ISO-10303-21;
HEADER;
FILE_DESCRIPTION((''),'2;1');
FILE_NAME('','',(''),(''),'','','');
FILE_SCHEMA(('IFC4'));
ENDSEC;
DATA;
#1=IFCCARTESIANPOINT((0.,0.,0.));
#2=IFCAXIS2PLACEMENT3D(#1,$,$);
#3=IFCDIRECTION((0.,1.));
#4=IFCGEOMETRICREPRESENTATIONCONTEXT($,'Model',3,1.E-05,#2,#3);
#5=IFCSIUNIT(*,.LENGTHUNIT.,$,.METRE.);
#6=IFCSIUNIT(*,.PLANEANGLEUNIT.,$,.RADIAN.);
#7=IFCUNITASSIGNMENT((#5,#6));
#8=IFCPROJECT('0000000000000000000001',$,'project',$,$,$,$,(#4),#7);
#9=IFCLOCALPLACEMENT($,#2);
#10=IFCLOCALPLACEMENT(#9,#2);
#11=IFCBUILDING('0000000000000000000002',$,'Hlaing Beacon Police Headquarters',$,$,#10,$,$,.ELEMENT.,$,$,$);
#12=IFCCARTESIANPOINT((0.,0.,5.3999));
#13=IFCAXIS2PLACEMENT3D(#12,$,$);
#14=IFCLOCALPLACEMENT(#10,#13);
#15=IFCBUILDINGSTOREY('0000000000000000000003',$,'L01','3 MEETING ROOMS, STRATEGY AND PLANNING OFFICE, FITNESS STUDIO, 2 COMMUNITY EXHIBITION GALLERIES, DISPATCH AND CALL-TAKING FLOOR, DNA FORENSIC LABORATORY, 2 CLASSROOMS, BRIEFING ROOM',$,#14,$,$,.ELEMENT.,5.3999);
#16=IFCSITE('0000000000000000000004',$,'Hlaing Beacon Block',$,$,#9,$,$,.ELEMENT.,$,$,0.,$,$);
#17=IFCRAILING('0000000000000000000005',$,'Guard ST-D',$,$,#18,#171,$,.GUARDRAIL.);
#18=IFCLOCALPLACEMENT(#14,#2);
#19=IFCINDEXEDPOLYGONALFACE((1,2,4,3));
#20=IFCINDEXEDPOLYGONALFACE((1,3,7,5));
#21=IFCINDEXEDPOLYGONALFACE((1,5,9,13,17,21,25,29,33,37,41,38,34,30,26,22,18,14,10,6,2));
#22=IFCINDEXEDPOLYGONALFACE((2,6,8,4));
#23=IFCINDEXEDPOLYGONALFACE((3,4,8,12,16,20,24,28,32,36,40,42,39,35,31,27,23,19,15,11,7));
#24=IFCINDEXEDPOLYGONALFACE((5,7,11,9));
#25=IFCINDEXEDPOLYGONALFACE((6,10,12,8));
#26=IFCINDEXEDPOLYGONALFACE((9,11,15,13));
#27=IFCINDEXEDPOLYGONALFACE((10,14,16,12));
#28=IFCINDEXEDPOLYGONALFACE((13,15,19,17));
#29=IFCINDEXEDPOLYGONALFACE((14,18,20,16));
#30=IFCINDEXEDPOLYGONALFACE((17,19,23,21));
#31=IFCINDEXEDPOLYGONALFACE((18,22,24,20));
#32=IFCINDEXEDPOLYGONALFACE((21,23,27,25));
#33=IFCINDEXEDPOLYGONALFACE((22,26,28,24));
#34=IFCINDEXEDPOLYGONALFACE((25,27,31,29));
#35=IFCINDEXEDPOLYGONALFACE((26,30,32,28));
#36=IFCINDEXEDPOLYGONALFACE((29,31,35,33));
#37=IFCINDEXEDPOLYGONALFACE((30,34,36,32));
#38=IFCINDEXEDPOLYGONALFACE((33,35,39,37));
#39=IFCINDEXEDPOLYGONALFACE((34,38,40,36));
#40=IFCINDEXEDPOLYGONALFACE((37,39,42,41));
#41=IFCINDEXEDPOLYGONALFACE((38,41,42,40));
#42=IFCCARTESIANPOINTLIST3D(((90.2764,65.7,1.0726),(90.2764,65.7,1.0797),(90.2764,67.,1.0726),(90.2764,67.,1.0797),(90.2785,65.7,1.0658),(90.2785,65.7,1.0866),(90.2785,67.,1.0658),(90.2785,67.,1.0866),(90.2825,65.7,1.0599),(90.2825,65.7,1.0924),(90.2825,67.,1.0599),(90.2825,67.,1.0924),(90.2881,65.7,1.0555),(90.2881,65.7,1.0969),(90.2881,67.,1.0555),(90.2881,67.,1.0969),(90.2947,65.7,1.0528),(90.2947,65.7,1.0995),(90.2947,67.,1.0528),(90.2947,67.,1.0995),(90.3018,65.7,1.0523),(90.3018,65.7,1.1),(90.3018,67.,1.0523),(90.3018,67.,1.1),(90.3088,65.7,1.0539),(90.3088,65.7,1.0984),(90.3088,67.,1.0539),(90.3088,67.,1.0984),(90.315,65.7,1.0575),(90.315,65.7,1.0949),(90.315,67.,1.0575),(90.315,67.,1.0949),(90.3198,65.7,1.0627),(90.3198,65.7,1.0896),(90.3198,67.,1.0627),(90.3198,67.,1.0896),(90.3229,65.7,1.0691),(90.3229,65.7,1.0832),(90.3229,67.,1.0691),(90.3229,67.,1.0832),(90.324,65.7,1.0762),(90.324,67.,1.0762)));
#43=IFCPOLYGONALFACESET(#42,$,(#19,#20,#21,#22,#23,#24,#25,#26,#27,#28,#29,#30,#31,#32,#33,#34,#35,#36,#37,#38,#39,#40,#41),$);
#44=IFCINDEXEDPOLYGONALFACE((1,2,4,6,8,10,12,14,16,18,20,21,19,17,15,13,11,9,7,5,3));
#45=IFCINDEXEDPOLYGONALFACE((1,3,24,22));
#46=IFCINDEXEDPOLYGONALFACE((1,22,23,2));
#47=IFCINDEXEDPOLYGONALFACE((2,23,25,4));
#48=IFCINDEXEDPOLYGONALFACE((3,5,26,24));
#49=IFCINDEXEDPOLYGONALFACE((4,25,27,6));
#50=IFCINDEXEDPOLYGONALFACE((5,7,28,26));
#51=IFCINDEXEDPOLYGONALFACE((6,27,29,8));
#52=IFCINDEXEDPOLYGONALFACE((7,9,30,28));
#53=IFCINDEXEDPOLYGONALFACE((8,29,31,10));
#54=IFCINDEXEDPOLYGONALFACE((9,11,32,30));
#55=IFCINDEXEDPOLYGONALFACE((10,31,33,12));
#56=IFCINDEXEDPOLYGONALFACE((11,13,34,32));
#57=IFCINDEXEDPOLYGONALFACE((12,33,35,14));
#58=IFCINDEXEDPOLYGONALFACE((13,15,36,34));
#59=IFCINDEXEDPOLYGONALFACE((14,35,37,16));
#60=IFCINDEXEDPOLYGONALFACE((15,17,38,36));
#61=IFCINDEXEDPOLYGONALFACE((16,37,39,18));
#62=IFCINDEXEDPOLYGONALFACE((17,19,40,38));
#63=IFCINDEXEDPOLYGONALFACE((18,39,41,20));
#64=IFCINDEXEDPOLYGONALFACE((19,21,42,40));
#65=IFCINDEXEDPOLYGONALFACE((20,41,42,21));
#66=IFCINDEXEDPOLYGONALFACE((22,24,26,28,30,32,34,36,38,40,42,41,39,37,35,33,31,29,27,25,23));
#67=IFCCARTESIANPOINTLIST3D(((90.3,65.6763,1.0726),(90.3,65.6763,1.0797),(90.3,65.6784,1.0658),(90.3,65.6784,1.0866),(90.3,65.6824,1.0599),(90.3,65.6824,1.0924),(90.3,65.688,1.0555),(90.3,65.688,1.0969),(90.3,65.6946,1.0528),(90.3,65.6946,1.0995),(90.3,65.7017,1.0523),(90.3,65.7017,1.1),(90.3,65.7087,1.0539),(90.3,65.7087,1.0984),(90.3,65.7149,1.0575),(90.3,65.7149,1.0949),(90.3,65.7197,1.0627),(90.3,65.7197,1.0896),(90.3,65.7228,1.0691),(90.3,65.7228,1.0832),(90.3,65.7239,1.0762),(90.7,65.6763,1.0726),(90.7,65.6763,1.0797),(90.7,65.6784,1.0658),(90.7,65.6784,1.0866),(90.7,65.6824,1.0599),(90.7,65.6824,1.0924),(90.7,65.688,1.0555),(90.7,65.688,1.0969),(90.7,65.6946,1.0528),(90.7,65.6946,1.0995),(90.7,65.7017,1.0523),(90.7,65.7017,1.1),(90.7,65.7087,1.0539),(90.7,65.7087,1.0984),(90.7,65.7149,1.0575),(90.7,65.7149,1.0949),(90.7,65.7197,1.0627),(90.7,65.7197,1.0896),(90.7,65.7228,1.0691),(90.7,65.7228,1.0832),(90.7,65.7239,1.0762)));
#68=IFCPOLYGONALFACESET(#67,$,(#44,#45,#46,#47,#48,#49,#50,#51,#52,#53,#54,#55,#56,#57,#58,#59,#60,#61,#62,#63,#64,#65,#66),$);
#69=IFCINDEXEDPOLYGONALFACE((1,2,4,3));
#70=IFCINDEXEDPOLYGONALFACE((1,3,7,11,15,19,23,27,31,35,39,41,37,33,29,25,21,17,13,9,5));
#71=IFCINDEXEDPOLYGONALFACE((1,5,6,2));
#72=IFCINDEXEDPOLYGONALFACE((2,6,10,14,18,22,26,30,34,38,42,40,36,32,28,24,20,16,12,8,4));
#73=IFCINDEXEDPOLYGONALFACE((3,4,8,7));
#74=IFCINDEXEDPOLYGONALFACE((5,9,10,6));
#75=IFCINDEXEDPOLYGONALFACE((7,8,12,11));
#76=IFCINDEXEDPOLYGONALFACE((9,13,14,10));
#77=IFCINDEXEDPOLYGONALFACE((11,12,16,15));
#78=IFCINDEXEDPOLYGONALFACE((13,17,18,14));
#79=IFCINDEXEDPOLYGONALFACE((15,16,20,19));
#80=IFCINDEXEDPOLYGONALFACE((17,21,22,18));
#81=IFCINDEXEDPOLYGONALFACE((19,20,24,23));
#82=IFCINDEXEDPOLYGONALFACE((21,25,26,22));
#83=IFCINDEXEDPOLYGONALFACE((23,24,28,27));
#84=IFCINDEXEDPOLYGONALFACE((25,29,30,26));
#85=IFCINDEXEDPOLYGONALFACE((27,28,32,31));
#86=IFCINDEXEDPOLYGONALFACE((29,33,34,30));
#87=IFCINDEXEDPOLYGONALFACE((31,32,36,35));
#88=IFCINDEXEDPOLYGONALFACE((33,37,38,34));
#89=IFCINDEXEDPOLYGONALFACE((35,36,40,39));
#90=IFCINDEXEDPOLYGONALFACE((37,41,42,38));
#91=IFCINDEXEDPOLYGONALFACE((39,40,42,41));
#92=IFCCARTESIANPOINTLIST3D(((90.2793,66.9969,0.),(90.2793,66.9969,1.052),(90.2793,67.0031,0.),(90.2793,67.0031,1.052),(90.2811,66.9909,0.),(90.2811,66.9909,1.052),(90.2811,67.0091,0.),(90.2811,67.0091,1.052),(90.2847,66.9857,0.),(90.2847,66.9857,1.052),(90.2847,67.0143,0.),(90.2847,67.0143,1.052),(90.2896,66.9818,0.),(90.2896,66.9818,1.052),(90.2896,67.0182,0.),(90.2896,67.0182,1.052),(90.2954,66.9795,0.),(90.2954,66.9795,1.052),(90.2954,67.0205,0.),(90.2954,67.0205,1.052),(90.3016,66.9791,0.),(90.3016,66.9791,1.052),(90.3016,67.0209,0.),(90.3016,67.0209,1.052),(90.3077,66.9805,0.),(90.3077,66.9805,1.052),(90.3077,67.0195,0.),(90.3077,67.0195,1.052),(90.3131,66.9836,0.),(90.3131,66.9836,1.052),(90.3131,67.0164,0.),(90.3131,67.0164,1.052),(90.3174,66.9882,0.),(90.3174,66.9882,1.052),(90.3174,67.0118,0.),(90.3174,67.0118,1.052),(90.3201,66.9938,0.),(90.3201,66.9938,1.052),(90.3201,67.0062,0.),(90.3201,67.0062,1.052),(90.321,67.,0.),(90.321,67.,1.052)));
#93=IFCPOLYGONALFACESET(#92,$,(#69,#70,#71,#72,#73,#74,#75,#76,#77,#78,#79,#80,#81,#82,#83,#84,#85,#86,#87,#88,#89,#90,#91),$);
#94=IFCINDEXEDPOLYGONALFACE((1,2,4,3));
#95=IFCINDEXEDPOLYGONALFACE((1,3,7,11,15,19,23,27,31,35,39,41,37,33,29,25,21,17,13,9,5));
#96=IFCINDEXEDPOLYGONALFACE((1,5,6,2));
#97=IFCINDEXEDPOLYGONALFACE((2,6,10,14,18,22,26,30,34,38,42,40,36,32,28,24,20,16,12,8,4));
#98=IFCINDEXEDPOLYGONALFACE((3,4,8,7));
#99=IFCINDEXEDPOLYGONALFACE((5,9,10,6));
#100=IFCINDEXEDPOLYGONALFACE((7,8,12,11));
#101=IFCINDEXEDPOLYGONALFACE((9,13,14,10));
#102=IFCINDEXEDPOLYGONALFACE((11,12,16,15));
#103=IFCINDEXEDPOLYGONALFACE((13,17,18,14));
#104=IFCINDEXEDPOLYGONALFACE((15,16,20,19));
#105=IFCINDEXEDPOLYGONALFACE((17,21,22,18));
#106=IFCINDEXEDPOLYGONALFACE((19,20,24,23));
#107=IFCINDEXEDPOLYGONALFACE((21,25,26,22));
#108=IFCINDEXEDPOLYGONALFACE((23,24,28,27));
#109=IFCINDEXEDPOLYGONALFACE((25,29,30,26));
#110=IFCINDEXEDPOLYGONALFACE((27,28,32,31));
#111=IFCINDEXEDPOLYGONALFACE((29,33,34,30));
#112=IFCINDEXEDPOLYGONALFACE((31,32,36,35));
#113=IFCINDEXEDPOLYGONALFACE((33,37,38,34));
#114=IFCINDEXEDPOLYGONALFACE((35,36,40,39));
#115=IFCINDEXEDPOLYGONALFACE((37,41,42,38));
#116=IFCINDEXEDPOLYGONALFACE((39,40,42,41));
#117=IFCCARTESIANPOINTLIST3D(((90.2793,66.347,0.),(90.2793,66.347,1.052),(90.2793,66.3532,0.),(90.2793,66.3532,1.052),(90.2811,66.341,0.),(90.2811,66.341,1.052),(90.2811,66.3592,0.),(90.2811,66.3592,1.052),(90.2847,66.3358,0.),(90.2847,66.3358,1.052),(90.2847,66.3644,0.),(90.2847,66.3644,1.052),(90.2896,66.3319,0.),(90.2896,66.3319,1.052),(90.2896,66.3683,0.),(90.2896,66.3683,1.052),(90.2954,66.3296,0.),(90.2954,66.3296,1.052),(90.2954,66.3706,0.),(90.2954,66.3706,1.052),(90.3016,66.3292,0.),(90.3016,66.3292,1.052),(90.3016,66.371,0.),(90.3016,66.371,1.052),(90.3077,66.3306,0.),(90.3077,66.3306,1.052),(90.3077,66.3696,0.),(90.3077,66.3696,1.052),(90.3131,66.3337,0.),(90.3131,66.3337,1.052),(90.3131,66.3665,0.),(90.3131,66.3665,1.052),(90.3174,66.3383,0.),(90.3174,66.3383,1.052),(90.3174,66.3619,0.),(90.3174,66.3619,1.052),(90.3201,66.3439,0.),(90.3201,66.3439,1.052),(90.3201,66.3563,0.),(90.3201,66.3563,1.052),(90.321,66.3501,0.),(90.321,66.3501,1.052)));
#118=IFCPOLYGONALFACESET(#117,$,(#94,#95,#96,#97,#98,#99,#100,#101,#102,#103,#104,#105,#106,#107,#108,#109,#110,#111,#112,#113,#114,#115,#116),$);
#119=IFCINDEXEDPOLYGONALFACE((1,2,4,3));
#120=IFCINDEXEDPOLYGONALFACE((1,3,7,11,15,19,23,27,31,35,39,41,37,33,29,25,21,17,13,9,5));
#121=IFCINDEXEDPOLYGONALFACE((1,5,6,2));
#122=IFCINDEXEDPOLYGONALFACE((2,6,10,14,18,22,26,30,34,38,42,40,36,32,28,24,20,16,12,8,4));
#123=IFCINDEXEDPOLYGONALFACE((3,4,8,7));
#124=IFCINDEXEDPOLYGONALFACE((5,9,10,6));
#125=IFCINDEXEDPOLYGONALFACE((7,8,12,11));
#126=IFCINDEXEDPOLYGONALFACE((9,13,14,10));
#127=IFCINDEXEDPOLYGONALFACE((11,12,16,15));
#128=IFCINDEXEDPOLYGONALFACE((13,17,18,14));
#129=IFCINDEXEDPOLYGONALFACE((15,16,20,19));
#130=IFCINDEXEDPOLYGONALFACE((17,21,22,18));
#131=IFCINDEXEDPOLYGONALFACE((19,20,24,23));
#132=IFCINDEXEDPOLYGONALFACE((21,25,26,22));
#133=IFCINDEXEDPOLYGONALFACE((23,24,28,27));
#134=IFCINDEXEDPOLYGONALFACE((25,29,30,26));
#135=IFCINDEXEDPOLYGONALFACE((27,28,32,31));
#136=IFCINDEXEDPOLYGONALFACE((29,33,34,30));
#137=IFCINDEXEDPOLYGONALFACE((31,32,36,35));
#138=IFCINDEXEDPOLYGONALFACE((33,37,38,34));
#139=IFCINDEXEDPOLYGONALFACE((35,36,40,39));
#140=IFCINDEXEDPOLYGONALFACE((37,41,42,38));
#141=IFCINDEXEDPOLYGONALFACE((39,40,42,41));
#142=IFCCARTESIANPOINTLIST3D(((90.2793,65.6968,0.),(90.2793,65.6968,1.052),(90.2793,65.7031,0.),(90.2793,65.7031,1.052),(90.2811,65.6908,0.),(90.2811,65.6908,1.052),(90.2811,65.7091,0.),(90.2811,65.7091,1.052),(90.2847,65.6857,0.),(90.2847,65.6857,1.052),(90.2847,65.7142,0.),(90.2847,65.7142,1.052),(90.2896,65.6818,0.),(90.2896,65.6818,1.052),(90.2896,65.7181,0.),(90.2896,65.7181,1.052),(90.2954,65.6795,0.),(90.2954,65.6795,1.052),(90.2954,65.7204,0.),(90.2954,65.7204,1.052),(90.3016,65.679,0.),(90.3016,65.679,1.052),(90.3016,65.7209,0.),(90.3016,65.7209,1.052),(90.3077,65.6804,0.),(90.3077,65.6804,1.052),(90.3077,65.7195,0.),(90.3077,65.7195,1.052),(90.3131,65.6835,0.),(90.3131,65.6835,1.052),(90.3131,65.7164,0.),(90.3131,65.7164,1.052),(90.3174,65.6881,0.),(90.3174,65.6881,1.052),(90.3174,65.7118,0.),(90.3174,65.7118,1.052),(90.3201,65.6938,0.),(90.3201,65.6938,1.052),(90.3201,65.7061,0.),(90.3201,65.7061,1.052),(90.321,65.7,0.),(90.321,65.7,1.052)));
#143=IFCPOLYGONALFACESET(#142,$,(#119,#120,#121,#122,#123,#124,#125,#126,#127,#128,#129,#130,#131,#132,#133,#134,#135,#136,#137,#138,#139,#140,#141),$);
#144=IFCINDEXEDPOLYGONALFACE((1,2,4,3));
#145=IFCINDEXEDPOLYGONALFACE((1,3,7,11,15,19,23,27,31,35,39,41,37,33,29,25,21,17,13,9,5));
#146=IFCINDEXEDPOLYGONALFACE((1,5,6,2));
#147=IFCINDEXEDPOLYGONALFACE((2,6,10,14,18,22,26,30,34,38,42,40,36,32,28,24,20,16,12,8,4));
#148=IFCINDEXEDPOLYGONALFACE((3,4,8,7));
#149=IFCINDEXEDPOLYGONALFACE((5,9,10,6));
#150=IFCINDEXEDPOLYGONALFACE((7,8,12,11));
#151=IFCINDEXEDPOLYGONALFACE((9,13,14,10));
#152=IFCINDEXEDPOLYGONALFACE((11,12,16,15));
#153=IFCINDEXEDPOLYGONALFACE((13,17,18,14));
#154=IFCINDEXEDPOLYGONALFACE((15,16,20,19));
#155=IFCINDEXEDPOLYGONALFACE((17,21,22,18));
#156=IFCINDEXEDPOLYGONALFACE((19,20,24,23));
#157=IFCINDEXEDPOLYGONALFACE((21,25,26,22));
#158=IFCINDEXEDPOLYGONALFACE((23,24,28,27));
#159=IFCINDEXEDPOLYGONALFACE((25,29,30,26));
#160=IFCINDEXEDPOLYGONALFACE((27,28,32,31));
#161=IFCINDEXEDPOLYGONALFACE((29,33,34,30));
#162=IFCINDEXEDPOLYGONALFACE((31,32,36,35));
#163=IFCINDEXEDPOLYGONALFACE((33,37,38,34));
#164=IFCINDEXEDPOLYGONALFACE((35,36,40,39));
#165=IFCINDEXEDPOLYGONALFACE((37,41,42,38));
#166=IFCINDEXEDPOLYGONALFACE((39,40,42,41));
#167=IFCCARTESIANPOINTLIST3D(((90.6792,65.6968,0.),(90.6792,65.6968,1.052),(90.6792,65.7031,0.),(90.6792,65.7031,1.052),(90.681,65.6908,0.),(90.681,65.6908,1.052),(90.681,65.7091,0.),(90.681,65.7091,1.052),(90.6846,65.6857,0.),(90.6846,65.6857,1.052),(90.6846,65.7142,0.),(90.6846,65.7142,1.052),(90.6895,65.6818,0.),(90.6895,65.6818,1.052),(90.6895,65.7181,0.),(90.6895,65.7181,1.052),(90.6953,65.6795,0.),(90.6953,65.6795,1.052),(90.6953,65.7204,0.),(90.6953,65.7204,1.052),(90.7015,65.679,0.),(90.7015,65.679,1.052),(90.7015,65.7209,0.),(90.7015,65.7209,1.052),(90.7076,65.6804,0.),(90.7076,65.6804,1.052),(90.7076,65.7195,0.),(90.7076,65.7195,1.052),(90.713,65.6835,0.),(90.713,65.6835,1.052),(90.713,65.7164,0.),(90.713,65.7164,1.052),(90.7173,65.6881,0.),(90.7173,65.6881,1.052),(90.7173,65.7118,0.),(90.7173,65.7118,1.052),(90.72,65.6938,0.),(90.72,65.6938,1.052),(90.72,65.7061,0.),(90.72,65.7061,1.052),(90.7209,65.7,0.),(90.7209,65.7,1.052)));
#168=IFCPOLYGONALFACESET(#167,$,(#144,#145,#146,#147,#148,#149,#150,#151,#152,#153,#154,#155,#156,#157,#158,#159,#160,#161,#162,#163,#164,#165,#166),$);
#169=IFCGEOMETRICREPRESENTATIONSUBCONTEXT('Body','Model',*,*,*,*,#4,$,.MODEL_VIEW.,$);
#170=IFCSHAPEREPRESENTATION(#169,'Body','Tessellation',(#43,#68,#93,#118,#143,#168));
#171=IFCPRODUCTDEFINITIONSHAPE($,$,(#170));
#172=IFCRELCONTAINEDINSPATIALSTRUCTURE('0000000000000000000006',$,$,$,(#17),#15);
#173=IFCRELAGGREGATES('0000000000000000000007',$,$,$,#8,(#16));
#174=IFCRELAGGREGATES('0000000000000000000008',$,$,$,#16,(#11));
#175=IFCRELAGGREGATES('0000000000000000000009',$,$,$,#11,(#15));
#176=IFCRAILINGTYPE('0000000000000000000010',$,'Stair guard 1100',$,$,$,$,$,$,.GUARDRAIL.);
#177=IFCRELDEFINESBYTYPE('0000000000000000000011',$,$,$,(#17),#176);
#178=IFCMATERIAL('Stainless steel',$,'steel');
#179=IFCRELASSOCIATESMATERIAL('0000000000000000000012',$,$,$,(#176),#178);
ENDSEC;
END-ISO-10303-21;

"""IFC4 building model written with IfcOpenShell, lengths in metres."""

from ifc_helpers import new_model, si_unit, direction, frame, origin, origin_2d, place, context, subcontext, project, spatial, circle, extrude, material, type_object, element, save


model = new_model("IFC4")

# Units and contexts
model_context = context("Model", 3, precision=1e-05, world=origin(), true_north=direction((0.0, 1.0)))
body_context = subcontext(model_context, "Body", "Model", "MODEL_VIEW")
ifc_project = project(units=[si_unit("LENGTHUNIT", "METRE"), si_unit("PLANEANGLEUNIT", "RADIAN")], contexts=[model_context])

# Site, building, storey
site_placement = place(None, origin())
site = spatial("IfcSite", under=ifc_project, at=site_placement, Name="Hlaing Beacon Block", CompositionType="ELEMENT", RefElevation=0.0)
building_placement = place(site_placement, origin())
building = spatial("IfcBuilding", under=site, at=building_placement, Name="Hlaing Beacon Police Headquarters", CompositionType="ELEMENT")
storey_placement = place(building_placement, frame((0.0, 0.0, 5.3999)))
storey = spatial("IfcBuildingStorey", under=building, at=storey_placement, Name="L01", Description="3 MEETING ROOMS, STRATEGY AND PLANNING OFFICE, FITNESS STUDIO, 2 COMMUNITY EXHIBITION GALLERIES, DISPATCH AND CALL-TAKING FLOOR, DNA FORENSIC LABORATORY, 2 CLASSROOMS, BRIEFING ROOM", CompositionType="ELEMENT", Elevation=5.3999)

# Railing
ifc_material_1 = material(Name="Stainless steel", Category="steel")
railing_type_1 = type_object("IfcRailingType", Name="Stair guard 1100", PredefinedType="GUARDRAIL", material=ifc_material_1)
railing_1_placement = place(storey_placement, frame((90.3, 67.0, 0.0)))
element("IfcRailing", 1, at=railing_1_placement, inside=storey, type_object=railing_type_1, Name="Guard ST-D", PredefinedType="GUARDRAIL", context=body_context, shape_type="SweptSolid", body=[
    extrude(circle(Radius=0.0239, at=origin_2d()), frame((0.0, 0.0, 1.0762), z_axis=(0.0, -1.0, 0.0), x_axis=(1.0, 0.0, 0.0)), (0.0, 0.0, 1.0), 1.3),
    extrude(circle(Radius=0.0239, at=origin_2d()), frame((0.0, -1.3, 1.0762), z_axis=(1.0, 0.0, 0.0), x_axis=(0.0, 1.0, 0.0)), (0.0, 0.0, 1.0), 0.3999),
    extrude(circle(Radius=0.021, at=origin_2d()), origin(), (0.0, 0.0, 1.0), 1.052),
    extrude(circle(Radius=0.021, at=origin_2d()), frame((0.0, -0.6499, 0.0)), (0.0, 0.0, 1.0), 1.052),
    extrude(circle(Radius=0.021, at=origin_2d()), frame((0.0, -1.3, 0.0)), (0.0, 0.0, 1.0), 1.052),
    extrude(circle(Radius=0.021, at=origin_2d()), frame((0.3999, -1.3, 0.0)), (0.0, 0.0, 1.0), 1.052),
])

save(model, "model.ifc")
